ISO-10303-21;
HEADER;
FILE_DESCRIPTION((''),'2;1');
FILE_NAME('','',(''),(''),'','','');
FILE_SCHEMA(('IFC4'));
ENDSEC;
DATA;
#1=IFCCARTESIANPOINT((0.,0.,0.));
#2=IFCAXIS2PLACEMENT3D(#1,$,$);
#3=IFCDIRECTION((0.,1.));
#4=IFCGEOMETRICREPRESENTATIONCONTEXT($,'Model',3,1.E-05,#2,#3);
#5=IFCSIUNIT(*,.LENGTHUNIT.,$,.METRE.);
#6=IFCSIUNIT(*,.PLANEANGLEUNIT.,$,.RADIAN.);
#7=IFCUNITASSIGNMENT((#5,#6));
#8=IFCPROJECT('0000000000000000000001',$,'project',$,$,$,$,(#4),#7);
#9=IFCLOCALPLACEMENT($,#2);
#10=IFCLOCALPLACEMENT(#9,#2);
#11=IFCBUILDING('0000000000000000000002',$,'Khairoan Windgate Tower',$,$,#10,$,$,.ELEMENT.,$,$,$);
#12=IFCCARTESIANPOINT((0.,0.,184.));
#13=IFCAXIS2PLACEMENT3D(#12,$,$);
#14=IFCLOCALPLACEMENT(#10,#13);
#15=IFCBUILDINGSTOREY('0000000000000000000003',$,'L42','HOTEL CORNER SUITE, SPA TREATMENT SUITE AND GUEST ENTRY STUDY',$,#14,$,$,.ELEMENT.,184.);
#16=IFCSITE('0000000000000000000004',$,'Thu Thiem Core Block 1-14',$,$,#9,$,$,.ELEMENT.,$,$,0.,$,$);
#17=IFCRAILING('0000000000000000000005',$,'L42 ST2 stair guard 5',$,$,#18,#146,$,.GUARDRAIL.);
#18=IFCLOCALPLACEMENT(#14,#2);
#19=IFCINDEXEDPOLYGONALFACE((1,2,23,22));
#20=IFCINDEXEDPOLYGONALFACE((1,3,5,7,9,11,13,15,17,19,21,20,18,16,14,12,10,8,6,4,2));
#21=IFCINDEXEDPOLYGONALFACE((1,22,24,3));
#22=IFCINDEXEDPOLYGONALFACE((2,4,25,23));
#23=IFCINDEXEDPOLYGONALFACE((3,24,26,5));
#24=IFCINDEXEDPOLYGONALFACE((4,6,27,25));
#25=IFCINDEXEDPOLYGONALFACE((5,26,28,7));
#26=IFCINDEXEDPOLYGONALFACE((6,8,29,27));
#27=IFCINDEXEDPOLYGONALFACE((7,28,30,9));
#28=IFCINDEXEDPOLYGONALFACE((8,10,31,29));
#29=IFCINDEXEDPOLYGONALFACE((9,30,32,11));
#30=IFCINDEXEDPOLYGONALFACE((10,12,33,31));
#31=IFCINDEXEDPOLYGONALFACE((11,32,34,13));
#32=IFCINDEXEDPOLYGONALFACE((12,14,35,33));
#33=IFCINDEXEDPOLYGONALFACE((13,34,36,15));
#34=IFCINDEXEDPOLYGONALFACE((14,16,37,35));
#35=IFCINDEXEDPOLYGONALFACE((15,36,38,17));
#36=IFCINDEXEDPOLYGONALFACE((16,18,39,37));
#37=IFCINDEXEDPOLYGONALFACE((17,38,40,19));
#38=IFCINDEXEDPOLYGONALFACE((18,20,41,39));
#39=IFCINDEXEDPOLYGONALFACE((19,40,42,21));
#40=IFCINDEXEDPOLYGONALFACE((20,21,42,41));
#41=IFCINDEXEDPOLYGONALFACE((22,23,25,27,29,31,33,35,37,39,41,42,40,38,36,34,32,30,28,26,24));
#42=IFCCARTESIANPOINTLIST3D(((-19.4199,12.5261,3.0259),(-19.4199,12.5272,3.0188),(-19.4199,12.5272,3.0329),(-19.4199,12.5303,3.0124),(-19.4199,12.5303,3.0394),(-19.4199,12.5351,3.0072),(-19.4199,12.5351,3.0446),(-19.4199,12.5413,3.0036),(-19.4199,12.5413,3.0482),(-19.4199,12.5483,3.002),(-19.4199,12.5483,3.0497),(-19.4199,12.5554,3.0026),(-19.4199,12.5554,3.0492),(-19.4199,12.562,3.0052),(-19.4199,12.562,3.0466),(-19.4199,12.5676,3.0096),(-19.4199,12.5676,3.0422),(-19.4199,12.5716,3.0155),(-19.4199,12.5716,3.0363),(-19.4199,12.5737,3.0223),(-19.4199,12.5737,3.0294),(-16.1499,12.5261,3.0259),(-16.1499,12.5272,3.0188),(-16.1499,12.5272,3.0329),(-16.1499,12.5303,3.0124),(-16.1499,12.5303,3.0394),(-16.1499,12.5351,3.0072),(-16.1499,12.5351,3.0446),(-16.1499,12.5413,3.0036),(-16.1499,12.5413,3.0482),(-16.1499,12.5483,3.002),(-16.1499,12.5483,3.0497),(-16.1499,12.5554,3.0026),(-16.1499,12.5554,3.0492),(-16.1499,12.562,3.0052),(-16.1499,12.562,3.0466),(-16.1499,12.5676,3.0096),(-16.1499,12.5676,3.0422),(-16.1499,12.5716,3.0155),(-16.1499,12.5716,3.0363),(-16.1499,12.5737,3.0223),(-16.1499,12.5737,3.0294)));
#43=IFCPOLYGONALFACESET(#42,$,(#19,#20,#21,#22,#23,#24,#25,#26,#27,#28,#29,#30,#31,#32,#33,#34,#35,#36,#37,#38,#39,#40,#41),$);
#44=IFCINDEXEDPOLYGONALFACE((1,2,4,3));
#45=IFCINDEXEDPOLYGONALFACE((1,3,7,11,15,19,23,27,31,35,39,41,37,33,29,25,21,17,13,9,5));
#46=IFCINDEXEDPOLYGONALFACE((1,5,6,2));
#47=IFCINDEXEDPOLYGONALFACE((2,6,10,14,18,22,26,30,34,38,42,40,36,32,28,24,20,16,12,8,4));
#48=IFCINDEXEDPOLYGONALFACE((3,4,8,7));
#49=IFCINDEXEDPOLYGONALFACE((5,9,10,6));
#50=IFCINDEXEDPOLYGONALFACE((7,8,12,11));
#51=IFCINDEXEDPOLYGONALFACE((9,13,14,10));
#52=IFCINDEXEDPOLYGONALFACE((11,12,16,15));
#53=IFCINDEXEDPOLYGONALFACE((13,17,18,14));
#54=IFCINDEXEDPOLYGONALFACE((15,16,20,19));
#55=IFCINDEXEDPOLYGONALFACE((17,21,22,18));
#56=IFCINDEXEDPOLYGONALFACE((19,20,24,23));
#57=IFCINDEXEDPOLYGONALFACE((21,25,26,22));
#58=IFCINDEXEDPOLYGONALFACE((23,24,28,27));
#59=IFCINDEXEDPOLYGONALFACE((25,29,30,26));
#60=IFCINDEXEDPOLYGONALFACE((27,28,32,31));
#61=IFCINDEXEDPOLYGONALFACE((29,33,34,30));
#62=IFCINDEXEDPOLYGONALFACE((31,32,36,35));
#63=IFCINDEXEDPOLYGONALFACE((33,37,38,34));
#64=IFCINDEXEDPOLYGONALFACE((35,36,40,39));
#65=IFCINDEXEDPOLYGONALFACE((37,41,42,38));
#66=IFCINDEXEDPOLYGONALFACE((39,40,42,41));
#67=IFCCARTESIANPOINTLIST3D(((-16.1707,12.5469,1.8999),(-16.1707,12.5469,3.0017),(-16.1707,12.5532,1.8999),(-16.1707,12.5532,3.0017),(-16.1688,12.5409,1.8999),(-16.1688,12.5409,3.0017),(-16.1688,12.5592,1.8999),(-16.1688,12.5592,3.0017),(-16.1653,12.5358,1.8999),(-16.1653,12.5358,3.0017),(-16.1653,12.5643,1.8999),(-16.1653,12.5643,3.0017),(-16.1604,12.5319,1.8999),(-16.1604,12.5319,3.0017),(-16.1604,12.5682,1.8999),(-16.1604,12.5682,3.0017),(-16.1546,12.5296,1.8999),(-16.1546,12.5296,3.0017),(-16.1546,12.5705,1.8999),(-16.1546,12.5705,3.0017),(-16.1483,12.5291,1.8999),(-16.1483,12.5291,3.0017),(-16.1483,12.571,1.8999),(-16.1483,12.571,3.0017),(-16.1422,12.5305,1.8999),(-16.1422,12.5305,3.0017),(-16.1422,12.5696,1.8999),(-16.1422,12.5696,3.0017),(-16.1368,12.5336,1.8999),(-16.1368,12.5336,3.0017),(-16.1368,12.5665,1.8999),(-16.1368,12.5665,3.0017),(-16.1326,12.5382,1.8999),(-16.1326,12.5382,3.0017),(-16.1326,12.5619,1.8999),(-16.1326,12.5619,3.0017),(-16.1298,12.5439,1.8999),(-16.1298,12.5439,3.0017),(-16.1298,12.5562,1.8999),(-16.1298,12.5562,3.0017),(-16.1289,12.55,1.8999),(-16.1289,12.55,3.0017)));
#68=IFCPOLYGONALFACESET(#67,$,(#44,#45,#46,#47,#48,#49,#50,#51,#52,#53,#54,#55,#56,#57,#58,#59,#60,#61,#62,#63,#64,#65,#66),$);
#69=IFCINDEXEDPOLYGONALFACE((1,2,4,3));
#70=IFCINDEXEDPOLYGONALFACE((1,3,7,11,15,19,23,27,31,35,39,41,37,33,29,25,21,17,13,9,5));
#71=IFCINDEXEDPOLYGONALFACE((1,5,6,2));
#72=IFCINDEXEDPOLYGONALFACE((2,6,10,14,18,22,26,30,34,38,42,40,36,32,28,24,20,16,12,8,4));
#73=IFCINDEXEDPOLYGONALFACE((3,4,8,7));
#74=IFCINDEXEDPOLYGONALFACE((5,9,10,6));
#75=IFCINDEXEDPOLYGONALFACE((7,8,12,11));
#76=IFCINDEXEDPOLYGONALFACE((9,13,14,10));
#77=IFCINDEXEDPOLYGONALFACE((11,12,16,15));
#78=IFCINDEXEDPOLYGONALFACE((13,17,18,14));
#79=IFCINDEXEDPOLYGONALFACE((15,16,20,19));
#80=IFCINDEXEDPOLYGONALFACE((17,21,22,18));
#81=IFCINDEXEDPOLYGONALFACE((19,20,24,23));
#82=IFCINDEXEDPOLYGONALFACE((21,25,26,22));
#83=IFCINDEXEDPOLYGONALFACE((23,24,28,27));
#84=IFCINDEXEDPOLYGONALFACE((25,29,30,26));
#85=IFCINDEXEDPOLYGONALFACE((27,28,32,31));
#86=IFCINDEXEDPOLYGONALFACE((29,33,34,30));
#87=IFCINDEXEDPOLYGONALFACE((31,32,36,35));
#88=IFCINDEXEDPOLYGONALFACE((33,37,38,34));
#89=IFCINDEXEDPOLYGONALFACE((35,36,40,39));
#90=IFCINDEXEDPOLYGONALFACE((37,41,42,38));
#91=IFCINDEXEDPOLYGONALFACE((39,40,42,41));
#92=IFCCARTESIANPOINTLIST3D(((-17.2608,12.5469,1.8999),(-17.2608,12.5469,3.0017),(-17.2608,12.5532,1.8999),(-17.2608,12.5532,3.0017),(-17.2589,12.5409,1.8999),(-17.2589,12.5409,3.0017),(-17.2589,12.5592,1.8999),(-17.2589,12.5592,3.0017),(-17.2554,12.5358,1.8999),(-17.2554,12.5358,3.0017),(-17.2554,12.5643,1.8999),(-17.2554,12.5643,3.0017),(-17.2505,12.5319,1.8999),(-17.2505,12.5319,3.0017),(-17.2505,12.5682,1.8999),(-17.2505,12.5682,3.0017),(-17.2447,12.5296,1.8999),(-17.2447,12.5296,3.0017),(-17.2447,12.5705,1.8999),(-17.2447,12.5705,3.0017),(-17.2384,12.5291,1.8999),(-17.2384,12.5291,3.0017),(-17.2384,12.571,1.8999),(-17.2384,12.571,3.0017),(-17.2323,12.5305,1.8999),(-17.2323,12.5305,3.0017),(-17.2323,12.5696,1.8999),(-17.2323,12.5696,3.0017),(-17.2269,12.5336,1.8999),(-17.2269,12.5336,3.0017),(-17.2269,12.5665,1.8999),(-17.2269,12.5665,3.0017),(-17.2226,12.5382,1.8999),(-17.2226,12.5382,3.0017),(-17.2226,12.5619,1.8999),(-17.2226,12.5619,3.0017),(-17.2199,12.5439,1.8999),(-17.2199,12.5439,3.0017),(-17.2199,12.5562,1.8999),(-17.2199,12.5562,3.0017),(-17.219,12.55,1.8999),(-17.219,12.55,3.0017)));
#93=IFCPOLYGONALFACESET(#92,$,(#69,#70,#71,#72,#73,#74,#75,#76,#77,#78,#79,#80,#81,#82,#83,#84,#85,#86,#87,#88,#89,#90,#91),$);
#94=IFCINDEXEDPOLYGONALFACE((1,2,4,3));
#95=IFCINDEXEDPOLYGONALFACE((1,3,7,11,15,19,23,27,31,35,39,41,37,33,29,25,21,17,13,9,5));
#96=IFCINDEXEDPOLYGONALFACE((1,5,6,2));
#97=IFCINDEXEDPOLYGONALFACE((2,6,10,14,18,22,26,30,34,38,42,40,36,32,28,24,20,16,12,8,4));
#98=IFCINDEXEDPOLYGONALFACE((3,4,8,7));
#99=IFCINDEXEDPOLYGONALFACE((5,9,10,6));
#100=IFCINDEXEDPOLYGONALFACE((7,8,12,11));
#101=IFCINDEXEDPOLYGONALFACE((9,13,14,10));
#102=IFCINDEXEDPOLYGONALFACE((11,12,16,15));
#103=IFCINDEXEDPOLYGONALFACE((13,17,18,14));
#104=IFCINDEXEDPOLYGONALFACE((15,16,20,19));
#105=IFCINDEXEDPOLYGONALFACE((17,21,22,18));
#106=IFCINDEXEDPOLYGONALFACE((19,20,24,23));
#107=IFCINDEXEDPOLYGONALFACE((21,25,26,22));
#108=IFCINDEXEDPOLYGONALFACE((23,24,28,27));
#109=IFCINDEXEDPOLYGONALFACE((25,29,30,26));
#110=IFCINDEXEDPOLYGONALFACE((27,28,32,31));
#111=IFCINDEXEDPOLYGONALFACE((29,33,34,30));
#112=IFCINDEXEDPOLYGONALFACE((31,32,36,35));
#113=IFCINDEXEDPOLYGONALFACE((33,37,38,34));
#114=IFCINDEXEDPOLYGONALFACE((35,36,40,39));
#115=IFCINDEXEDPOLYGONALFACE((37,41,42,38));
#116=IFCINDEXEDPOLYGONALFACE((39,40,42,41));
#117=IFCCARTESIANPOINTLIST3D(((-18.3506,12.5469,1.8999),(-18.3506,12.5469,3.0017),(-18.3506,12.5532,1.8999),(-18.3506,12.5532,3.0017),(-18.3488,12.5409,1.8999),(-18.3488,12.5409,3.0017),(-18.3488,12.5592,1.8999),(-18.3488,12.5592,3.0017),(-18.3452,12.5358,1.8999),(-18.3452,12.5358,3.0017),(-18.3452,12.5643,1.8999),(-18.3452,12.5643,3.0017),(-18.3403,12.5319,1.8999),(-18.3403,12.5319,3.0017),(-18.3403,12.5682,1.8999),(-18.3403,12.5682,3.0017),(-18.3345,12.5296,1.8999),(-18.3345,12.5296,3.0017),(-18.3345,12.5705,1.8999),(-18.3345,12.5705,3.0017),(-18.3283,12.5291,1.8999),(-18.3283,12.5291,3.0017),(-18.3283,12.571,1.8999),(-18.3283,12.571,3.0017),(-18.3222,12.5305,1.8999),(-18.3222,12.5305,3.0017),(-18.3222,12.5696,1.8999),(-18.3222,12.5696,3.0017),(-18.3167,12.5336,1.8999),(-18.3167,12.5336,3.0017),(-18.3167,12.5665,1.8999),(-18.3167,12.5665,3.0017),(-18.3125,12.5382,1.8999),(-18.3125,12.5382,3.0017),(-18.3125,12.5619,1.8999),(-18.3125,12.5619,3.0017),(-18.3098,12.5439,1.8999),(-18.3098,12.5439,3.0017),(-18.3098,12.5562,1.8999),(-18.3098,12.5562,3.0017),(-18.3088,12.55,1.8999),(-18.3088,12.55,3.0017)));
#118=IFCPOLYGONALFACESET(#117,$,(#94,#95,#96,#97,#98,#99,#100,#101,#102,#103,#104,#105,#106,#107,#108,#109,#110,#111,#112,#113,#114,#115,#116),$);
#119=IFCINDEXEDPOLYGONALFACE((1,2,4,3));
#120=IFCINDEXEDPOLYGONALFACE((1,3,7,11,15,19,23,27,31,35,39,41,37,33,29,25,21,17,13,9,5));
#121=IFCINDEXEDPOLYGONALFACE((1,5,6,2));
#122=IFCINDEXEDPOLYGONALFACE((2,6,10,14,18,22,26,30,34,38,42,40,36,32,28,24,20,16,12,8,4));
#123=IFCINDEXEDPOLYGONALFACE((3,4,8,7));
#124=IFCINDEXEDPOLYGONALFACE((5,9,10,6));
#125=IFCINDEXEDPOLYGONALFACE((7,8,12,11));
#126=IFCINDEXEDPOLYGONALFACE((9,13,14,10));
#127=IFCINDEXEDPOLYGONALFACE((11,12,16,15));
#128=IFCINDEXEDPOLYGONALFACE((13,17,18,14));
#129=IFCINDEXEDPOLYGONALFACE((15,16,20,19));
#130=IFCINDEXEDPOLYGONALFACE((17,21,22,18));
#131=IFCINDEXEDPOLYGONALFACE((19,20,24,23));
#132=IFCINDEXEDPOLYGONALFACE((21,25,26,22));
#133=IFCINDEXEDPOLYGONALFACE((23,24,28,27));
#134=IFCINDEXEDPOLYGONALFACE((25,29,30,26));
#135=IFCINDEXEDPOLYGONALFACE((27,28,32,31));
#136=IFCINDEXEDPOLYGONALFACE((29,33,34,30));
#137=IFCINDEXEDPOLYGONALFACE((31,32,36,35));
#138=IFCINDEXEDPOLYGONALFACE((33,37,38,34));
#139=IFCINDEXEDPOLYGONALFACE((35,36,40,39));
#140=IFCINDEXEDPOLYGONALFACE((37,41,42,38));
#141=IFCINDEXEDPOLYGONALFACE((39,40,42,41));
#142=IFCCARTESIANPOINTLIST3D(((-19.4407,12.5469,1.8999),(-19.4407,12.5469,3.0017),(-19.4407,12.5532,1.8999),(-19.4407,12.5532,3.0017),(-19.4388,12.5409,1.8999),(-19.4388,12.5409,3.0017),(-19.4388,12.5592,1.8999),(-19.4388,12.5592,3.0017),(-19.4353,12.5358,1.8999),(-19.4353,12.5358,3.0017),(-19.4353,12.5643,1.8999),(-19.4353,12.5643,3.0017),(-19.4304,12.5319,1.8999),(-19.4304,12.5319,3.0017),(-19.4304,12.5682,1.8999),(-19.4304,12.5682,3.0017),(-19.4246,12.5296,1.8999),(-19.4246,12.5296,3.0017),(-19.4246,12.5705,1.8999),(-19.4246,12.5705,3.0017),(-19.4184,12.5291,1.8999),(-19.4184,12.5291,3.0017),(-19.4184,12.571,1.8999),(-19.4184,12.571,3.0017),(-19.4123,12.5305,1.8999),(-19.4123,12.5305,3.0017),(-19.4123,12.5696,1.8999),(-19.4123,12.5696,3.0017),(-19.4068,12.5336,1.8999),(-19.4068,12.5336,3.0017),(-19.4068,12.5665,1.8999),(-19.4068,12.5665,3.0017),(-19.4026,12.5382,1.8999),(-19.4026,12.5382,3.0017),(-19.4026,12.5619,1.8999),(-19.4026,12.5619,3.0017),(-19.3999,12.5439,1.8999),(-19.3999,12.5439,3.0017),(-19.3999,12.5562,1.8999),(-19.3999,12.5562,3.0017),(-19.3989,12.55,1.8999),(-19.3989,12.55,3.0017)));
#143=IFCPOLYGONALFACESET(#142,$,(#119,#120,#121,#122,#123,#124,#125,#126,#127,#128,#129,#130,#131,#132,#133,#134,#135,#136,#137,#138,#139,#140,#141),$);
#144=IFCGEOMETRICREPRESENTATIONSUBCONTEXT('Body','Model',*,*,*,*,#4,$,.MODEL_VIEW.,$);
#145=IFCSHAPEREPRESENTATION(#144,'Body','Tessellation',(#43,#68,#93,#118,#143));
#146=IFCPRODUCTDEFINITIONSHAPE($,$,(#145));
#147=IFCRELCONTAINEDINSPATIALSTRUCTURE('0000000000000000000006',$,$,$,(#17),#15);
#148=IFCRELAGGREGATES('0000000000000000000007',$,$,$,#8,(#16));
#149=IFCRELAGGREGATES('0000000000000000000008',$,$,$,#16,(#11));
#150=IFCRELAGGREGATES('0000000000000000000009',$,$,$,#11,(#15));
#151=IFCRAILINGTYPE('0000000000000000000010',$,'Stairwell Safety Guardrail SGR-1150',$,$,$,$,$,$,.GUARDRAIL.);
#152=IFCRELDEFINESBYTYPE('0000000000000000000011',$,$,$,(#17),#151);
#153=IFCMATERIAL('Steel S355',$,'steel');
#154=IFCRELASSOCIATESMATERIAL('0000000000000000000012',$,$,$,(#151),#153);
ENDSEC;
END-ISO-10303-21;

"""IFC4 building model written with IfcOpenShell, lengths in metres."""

from ifc_helpers import new_model, si_unit, direction, frame, origin, origin_2d, place, context, subcontext, project, spatial, circle, extrude, material, type_object, element, save


model = new_model("IFC4")

# Units and contexts
model_context = context("Model", 3, precision=1e-05, world=origin(), true_north=direction((0.0, 1.0)))
body_context = subcontext(model_context, "Body", "Model", "MODEL_VIEW")
ifc_project = project(units=[si_unit("LENGTHUNIT", "METRE"), si_unit("PLANEANGLEUNIT", "RADIAN")], contexts=[model_context])

# Site, building, storey
site_placement = place(None, origin())
site = spatial("IfcSite", under=ifc_project, at=site_placement, Name="Thu Thiem Core Block 1-14", CompositionType="ELEMENT", RefElevation=0.0)
building_placement = place(site_placement, origin())
building = spatial("IfcBuilding", under=site, at=building_placement, Name="Khairoan Windgate Tower", CompositionType="ELEMENT")
storey_placement = place(building_placement, frame((0.0, 0.0, 184.0)))
storey = spatial("IfcBuildingStorey", under=building, at=storey_placement, Name="L42", Description="HOTEL CORNER SUITE, SPA TREATMENT SUITE AND GUEST ENTRY STUDY", CompositionType="ELEMENT", Elevation=184.0)

# Railing
ifc_material_1 = material(Name="Steel S355", Category="steel")
railing_type = type_object("IfcRailingType", Name="Stairwell Safety Guardrail SGR-1150", PredefinedType="GUARDRAIL", material=ifc_material_1)
railing_1_placement = place(storey_placement, frame((-16.1499, 12.55, 1.8999)))
element("IfcRailing", 1, at=railing_1_placement, inside=storey, type_object=railing_type, Name="L42 ST2 stair guard 5", PredefinedType="GUARDRAIL", context=body_context, shape_type="SweptSolid", body=[
    extrude(circle(Radius=0.0239, at=origin_2d()), frame((0.0, 0.0, 1.126), z_axis=(-1.0, 0.0, 0.0), x_axis=(0.0, -1.0, 0.0)), (0.0, 0.0, 1.0), 3.27),
    extrude(circle(Radius=0.021, at=origin_2d()), origin(), (0.0, 0.0, 1.0), 1.1018),
    extrude(circle(Radius=0.021, at=origin_2d()), frame((-1.0901, 0.0, 0.0)), (0.0, 0.0, 1.0), 1.1018),
    extrude(circle(Radius=0.021, at=origin_2d()), frame((-2.1799, 0.0, 0.0)), (0.0, 0.0, 1.0), 1.1018),
    extrude(circle(Radius=0.021, at=origin_2d()), frame((-3.27, 0.0, 0.0)), (0.0, 0.0, 1.0), 1.1018),
])

save(model, "model.ifc")
